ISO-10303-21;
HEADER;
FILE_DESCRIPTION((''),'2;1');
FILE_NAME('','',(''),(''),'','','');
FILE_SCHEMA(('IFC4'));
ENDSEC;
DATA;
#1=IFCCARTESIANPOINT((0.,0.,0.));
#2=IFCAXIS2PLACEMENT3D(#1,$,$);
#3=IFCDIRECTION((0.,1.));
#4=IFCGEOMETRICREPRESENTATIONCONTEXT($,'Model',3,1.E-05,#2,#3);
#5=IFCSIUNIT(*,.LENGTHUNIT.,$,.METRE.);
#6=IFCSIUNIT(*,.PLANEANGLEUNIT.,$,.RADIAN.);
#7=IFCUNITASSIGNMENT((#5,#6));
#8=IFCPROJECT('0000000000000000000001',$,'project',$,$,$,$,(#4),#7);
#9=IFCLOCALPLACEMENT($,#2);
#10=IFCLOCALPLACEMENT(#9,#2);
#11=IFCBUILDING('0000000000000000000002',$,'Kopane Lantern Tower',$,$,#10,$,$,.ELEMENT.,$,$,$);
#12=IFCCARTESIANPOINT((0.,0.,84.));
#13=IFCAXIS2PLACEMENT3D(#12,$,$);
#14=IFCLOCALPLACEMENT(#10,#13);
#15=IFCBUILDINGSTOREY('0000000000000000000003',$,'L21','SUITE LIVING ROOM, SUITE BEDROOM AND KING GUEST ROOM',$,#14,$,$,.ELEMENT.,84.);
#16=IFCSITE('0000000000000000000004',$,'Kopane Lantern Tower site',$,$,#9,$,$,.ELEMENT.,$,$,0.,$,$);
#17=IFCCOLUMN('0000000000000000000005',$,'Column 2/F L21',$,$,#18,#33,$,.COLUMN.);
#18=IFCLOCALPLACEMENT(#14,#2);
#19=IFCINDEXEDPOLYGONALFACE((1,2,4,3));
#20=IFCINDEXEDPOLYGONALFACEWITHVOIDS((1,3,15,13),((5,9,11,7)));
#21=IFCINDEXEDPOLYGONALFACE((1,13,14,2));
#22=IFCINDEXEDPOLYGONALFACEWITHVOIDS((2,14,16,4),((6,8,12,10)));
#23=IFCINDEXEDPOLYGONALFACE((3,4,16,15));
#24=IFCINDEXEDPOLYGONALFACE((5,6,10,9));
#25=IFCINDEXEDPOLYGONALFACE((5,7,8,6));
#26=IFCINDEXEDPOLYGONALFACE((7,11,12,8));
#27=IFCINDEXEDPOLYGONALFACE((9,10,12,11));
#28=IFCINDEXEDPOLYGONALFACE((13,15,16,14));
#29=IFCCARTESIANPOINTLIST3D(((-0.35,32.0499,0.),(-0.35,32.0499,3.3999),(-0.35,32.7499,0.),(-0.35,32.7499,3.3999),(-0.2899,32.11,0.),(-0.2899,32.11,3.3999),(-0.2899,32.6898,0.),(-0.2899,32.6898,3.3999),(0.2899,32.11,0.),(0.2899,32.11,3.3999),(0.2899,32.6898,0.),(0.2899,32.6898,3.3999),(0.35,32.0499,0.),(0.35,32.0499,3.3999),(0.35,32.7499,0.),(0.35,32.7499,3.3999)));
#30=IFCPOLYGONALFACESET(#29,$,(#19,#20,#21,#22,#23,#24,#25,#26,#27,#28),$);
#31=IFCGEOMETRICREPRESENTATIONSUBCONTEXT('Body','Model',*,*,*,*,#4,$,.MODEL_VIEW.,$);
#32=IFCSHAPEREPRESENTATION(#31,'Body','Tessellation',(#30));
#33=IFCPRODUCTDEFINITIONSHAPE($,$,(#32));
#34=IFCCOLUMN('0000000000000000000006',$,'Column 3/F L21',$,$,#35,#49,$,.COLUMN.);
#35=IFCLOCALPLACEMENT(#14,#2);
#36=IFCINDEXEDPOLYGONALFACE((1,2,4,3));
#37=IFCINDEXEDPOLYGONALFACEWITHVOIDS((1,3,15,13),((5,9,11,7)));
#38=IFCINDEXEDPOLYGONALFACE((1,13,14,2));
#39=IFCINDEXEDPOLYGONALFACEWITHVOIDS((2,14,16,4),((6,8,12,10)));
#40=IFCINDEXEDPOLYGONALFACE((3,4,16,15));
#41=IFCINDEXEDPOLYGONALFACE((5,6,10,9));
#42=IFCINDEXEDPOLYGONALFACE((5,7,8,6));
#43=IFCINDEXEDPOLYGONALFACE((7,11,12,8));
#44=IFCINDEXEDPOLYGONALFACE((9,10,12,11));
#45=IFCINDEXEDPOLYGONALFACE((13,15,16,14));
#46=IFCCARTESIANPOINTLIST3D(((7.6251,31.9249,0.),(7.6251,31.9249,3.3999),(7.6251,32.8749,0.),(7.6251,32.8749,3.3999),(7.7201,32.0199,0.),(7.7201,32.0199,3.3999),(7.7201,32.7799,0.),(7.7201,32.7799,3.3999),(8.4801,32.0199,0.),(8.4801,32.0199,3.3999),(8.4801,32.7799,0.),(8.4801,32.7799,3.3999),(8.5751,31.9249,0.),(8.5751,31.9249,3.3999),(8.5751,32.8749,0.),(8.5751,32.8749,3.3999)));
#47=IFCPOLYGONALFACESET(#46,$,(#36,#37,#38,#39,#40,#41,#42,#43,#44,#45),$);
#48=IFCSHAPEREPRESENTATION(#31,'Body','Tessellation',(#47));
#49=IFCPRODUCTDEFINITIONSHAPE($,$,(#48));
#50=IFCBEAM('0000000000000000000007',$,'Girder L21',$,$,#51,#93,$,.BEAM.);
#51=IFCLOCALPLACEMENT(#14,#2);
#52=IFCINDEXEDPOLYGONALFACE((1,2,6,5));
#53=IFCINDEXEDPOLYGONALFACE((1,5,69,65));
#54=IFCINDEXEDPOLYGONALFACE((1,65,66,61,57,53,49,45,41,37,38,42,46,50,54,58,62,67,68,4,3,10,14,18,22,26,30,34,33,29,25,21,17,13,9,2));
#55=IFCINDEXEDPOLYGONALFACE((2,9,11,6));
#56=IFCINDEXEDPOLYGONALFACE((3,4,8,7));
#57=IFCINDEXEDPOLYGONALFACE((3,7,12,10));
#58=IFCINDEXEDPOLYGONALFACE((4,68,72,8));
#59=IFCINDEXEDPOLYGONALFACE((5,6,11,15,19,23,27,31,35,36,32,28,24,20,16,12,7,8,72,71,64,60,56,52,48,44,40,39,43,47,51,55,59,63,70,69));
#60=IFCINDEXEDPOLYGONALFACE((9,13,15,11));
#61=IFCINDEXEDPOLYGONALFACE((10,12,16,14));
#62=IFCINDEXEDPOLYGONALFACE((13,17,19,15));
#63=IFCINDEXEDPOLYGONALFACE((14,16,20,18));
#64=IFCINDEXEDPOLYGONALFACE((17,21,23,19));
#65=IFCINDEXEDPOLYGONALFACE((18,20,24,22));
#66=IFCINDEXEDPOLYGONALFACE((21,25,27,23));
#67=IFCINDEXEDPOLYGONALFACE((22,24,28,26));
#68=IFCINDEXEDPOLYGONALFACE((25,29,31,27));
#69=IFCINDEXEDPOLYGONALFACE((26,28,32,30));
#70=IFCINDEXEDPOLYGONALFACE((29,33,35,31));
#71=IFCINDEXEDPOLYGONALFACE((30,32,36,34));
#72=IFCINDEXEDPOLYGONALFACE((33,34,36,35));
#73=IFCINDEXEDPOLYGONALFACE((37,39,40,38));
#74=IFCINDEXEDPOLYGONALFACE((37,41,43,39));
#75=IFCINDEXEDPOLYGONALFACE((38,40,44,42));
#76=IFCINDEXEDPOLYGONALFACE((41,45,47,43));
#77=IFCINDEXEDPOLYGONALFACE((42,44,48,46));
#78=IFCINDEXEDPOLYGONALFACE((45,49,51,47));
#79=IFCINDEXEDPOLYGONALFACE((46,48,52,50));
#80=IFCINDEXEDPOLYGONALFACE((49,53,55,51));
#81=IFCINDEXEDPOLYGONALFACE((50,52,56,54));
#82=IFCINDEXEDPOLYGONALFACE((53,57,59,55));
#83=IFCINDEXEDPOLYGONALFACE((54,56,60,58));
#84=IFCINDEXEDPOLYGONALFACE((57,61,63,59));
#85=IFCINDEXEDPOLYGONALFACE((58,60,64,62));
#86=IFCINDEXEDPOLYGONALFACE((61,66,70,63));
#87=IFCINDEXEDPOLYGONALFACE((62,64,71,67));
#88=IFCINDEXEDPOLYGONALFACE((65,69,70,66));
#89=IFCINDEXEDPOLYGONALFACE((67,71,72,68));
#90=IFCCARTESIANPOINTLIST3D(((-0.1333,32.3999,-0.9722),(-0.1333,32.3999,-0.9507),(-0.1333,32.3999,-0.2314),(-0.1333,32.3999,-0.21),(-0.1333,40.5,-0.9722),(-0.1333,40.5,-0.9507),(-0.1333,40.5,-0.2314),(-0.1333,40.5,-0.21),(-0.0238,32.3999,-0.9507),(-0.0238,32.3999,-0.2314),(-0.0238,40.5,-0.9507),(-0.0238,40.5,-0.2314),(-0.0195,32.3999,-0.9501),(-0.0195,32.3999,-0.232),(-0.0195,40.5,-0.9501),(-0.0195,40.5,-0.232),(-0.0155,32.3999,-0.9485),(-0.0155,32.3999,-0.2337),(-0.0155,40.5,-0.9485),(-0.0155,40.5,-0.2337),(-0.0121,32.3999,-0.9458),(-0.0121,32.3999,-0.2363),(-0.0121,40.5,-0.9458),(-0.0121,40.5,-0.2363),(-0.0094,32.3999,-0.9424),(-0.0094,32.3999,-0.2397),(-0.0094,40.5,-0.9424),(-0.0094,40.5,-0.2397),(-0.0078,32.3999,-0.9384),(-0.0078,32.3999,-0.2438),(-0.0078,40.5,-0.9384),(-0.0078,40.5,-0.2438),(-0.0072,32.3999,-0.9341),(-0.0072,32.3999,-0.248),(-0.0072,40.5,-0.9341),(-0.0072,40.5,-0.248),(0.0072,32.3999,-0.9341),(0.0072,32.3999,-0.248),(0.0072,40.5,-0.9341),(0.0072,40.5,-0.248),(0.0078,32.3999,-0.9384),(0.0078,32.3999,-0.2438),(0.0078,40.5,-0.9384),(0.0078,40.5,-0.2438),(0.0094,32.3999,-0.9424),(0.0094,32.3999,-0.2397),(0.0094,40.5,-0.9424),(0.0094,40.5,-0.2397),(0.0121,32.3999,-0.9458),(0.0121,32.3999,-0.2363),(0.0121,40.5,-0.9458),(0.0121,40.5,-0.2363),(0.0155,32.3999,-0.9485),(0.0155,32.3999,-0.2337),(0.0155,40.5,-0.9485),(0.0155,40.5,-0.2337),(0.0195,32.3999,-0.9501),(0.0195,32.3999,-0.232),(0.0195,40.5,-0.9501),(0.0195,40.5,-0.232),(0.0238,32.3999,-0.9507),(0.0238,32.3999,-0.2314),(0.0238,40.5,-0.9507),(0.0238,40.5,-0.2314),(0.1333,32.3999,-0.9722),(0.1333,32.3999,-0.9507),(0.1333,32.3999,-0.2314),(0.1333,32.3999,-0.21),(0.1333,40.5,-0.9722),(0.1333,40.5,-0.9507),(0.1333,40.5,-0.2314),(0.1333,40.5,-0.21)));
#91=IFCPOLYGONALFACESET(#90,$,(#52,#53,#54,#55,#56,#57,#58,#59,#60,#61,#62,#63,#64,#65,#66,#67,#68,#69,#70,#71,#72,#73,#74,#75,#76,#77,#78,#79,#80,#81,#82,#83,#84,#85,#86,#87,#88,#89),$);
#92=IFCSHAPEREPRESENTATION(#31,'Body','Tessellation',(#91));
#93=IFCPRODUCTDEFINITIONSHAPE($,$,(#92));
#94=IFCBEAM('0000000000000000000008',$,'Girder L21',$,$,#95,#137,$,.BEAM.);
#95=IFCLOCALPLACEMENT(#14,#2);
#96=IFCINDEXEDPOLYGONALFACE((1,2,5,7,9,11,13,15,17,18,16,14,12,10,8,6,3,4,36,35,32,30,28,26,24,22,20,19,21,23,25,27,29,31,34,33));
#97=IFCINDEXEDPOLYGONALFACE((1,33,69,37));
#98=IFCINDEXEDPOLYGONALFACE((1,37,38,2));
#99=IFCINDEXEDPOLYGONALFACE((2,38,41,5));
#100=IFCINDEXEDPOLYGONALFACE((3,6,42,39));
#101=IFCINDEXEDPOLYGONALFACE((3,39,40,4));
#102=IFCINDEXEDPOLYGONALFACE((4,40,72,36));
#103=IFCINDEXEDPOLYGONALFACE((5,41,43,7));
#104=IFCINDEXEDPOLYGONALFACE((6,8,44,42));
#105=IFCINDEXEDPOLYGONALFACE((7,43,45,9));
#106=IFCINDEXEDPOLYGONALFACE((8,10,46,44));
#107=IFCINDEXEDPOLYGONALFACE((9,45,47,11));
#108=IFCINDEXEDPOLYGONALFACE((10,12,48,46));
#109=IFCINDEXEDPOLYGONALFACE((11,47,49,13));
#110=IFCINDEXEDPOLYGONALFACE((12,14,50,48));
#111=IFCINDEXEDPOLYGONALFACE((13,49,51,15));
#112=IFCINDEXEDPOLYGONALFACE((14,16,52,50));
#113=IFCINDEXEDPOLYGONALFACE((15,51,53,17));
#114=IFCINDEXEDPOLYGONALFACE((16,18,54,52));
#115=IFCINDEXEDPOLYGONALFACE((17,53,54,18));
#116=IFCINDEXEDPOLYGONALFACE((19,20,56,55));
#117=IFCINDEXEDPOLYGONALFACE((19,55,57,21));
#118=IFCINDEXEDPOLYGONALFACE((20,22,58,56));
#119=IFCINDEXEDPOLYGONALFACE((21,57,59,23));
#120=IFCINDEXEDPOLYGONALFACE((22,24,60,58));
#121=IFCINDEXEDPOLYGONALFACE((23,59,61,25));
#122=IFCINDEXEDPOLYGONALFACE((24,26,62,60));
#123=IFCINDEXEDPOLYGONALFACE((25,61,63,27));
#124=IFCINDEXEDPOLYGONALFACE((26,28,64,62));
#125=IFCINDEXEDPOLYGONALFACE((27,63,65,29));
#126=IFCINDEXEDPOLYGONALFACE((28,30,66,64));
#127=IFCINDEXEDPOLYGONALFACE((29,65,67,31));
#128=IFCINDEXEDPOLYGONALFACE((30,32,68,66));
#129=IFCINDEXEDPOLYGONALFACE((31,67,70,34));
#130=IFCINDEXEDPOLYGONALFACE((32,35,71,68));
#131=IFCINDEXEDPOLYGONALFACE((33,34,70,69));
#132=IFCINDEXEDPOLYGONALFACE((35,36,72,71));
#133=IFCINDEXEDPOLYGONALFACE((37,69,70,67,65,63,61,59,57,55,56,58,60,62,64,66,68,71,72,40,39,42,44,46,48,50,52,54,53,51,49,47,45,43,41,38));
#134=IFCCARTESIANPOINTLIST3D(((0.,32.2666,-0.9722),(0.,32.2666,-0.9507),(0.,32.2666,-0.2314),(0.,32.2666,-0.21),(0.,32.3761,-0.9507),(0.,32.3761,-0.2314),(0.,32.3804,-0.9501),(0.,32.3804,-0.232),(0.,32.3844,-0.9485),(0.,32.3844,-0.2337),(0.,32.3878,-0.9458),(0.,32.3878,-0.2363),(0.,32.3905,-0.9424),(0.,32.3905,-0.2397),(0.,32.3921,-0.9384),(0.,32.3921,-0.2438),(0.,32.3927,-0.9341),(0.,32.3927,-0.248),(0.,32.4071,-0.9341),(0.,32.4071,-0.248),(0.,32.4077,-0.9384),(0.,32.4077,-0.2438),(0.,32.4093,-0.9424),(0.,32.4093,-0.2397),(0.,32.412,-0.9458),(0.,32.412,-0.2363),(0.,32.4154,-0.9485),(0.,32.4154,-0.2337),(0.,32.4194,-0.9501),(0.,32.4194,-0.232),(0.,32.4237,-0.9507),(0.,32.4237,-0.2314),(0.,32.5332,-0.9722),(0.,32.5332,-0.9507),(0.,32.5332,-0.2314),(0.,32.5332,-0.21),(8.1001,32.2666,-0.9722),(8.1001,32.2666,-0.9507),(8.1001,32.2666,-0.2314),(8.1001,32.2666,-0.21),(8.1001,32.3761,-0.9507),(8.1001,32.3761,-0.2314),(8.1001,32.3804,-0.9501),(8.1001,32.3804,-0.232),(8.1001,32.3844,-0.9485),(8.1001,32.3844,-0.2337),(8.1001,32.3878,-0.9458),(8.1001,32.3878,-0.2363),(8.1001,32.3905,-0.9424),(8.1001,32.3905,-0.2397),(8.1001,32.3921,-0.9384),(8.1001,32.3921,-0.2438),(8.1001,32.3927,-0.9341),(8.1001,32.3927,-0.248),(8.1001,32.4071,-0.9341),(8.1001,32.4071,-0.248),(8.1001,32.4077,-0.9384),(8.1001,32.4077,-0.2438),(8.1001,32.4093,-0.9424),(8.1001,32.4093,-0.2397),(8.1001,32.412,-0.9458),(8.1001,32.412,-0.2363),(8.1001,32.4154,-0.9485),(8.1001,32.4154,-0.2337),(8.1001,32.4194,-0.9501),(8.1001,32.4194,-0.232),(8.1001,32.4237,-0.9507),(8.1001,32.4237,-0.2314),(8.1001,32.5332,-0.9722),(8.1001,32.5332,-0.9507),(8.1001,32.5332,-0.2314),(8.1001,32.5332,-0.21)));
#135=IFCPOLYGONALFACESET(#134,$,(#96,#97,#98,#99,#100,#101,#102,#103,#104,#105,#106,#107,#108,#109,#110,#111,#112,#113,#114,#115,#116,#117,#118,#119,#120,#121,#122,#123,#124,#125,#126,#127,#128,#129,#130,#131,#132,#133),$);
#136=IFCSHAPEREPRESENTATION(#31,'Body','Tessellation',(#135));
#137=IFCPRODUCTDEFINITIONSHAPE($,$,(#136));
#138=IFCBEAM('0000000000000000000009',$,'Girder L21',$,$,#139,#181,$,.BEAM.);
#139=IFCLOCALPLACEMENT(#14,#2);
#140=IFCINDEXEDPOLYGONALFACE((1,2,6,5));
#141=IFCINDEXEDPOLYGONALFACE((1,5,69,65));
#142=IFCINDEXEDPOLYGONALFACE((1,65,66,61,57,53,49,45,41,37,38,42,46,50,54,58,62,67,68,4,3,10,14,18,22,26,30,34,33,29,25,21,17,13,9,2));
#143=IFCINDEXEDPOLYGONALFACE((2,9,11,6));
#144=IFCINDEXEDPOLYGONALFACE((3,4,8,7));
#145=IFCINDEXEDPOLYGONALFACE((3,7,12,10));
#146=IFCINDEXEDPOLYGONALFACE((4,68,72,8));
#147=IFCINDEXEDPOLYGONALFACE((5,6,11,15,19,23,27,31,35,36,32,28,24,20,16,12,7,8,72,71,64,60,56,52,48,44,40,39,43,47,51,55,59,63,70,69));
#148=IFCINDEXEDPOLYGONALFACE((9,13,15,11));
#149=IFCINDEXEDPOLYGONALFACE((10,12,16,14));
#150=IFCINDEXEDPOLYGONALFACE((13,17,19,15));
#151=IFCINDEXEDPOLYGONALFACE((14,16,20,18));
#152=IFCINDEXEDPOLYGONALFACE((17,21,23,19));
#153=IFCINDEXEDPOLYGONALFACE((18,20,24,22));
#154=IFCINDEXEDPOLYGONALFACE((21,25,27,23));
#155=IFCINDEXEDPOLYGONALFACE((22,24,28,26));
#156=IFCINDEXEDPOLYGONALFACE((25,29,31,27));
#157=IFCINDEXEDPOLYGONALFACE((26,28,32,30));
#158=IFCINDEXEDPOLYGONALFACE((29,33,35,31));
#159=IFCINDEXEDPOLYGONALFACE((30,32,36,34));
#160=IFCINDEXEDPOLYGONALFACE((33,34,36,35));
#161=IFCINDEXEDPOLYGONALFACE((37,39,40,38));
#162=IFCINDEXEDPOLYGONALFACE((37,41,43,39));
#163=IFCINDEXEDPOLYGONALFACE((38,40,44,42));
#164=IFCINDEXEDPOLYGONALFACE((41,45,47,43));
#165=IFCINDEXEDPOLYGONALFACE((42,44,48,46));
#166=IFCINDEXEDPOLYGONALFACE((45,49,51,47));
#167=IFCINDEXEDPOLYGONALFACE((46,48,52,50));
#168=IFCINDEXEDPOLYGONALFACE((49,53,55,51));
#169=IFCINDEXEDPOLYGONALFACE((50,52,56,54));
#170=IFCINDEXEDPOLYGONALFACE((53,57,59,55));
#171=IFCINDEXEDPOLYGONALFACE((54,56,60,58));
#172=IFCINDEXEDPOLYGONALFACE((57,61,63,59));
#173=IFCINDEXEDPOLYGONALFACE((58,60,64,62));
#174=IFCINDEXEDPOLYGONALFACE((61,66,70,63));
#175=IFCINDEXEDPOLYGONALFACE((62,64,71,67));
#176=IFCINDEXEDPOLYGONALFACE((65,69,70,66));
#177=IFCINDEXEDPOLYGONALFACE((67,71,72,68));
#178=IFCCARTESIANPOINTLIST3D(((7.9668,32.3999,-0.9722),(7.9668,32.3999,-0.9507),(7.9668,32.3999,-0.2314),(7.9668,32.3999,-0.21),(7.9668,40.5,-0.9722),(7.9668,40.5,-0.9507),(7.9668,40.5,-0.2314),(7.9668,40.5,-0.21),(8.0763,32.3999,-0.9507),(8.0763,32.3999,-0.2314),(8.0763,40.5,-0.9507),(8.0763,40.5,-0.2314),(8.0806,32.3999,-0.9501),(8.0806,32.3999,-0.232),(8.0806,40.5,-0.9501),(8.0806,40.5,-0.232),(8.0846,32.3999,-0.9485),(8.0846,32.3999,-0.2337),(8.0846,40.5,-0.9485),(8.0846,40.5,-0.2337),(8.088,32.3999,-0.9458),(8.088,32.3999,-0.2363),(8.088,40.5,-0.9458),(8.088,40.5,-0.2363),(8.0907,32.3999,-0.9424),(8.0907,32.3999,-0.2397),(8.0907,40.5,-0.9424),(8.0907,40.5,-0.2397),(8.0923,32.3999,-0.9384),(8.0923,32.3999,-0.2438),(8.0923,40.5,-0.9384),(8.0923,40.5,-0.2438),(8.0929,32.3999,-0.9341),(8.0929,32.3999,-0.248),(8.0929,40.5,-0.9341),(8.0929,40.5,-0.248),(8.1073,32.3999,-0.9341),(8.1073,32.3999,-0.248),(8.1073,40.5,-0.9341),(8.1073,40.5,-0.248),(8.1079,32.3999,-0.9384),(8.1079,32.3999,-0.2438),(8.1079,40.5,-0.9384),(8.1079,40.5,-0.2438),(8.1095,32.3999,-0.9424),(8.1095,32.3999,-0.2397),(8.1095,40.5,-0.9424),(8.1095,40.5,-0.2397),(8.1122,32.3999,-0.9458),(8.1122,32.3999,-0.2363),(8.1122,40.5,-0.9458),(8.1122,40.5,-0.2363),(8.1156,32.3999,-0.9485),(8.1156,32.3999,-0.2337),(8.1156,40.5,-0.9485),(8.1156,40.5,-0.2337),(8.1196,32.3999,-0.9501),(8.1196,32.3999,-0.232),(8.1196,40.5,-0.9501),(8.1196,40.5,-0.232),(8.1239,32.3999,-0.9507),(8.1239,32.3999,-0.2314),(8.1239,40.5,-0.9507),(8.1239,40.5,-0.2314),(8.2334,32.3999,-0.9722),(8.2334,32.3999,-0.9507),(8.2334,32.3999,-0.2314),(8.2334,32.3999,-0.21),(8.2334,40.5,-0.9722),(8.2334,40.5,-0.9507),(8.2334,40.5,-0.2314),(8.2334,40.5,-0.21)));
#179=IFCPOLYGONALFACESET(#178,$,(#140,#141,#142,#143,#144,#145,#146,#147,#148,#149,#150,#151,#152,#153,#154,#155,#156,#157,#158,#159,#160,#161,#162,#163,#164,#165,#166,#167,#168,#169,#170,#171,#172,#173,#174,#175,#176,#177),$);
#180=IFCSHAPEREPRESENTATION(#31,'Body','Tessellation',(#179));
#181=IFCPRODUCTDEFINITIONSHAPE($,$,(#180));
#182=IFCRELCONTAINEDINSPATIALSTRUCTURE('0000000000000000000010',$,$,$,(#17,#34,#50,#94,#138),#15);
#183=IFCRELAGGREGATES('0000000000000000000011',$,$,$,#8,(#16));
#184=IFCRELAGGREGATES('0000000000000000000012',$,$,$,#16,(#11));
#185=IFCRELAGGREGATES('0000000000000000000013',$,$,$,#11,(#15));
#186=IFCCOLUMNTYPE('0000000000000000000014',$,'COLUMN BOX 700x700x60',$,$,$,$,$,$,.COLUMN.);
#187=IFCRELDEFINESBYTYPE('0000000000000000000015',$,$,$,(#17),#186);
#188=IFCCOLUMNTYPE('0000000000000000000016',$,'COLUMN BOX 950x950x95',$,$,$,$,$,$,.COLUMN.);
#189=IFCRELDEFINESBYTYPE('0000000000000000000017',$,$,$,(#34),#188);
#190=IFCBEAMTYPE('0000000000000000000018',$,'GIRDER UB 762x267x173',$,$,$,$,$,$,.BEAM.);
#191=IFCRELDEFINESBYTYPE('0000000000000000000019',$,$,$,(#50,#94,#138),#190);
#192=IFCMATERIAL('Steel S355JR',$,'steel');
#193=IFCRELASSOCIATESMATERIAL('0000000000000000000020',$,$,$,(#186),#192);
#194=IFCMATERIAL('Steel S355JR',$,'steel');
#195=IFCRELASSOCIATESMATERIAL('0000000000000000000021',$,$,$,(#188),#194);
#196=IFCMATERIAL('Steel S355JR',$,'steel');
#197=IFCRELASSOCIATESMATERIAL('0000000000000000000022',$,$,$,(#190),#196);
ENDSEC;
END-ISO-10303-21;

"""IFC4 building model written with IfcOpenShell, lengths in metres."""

from ifc_helpers import new_model, si_unit, direction, frame, origin, origin_2d, place, context, subcontext, project, spatial, hollow_rectangle, i_section, extrude, material, material_profile, profile_set, type_object, element, save


model = new_model("IFC4")

# Units and contexts
model_context = context("Model", 3, precision=1e-05, world=origin(), true_north=direction((0.0, 1.0)))
body_context = subcontext(model_context, "Body", "Model", "MODEL_VIEW")
ifc_project = project(units=[si_unit("LENGTHUNIT", "METRE"), si_unit("PLANEANGLEUNIT", "RADIAN")], contexts=[model_context])

# Site, building, storey
site_placement = place(None, origin())
site = spatial("IfcSite", under=ifc_project, at=site_placement, Name="Kopane Lantern Tower site", CompositionType="ELEMENT", RefElevation=0.0)
building_placement = place(site_placement, origin())
building = spatial("IfcBuilding", under=site, at=building_placement, Name="Kopane Lantern Tower", CompositionType="ELEMENT")
storey_placement = place(building_placement, frame((0.0, 0.0, 84.0)))
storey = spatial("IfcBuildingStorey", under=building, at=storey_placement, Name="L21", Description="SUITE LIVING ROOM, SUITE BEDROOM AND KING GUEST ROOM", CompositionType="ELEMENT", Elevation=84.0)

# Columns
ifc_material_1 = material(Name="Steel S355JR", Category="steel")
ifc_material_profile_1 = material_profile(ifc_material_1, hollow_rectangle(XDim=0.7, YDim=0.7, WallThickness=0.0601, at=origin_2d()), Name="BOX 700x700x60")
ifc_profile_set_1 = profile_set([ifc_material_profile_1], Name="Steel S355JR")
column_type_1 = type_object("IfcColumnType", Name="COLUMN BOX 700x700x60", PredefinedType="COLUMN", material=ifc_profile_set_1)
column_1_placement = place(storey_placement, frame((0.0, 32.3999, 0.0), z_axis=(0.0, 0.0, 1.0), x_axis=(1.0, 0.0, 0.0)))
element("IfcColumn", 1, at=column_1_placement, inside=storey, type_object=column_type_1, Name="Column 2/F L21", PredefinedType="COLUMN", context=body_context, shape_type="SweptSolid", body=[
    extrude(hollow_rectangle(XDim=0.7, YDim=0.7, WallThickness=0.0601, at=origin_2d()), origin(), (0.0, 0.0, 1.0), 3.3999),
])
ifc_material_2 = material(Name="Steel S355JR", Category="steel")
ifc_material_profile_2 = material_profile(ifc_material_2, hollow_rectangle(XDim=0.95, YDim=0.95, WallThickness=0.095, at=origin_2d()), Name="BOX 950x950x95")
ifc_profile_set_2 = profile_set([ifc_material_profile_2], Name="Steel S355JR")
column_type_2 = type_object("IfcColumnType", Name="COLUMN BOX 950x950x95", PredefinedType="COLUMN", material=ifc_profile_set_2)
column_2_placement = place(storey_placement, frame((8.1001, 32.3999, 0.0), z_axis=(0.0, 0.0, 1.0), x_axis=(1.0, 0.0, 0.0)))
element("IfcColumn", 2, at=column_2_placement, inside=storey, type_object=column_type_2, Name="Column 3/F L21", PredefinedType="COLUMN", context=body_context, shape_type="SweptSolid", body=[
    extrude(hollow_rectangle(XDim=0.95, YDim=0.95, WallThickness=0.095, at=origin_2d()), origin(), (0.0, 0.0, 1.0), 3.3999),
])

# Beams
ifc_material_3 = material(Name="Steel S355JR", Category="steel")
ifc_material_profile_3 = material_profile(ifc_material_3, i_section(OverallWidth=0.2666, OverallDepth=0.7622, WebThickness=0.0144, FlangeThickness=0.0215, FilletRadius=0.0166, at=origin_2d()), Name="UB 762x267x173")
ifc_profile_set_3 = profile_set([ifc_material_profile_3], Name="Steel S355JR")
beam_type = type_object("IfcBeamType", Name="GIRDER UB 762x267x173", PredefinedType="BEAM", material=ifc_profile_set_3)
for number, where, z_axis, x_axis, name in (
    (3, (0.0, 32.3999, -0.5911), (0.0, 1.0, 0.0), (-1.0, 0.0, 0.0), "Girder L21"),
    (4, (0.0, 32.3999, -0.5911), (1.0, 0.0, 0.0), (0.0, 1.0, 0.0), "Girder L21"),
    (5, (8.1001, 32.3999, -0.5911), (0.0, 1.0, 0.0), (-1.0, 0.0, 0.0), "Girder L21"),
):
    element("IfcBeam", number, at=place(storey_placement, frame(where, z_axis=z_axis, x_axis=x_axis)), inside=storey, type_object=beam_type, Name=name, PredefinedType="BEAM", context=body_context, shape_type="SweptSolid", body=[
        extrude(i_section(OverallWidth=0.2666, OverallDepth=0.7622, WebThickness=0.0144, FlangeThickness=0.0215, FilletRadius=0.0166, at=origin_2d()), origin(), (0.0, 0.0, 1.0), 8.1001),
    ])

save(model, "model.ifc")
